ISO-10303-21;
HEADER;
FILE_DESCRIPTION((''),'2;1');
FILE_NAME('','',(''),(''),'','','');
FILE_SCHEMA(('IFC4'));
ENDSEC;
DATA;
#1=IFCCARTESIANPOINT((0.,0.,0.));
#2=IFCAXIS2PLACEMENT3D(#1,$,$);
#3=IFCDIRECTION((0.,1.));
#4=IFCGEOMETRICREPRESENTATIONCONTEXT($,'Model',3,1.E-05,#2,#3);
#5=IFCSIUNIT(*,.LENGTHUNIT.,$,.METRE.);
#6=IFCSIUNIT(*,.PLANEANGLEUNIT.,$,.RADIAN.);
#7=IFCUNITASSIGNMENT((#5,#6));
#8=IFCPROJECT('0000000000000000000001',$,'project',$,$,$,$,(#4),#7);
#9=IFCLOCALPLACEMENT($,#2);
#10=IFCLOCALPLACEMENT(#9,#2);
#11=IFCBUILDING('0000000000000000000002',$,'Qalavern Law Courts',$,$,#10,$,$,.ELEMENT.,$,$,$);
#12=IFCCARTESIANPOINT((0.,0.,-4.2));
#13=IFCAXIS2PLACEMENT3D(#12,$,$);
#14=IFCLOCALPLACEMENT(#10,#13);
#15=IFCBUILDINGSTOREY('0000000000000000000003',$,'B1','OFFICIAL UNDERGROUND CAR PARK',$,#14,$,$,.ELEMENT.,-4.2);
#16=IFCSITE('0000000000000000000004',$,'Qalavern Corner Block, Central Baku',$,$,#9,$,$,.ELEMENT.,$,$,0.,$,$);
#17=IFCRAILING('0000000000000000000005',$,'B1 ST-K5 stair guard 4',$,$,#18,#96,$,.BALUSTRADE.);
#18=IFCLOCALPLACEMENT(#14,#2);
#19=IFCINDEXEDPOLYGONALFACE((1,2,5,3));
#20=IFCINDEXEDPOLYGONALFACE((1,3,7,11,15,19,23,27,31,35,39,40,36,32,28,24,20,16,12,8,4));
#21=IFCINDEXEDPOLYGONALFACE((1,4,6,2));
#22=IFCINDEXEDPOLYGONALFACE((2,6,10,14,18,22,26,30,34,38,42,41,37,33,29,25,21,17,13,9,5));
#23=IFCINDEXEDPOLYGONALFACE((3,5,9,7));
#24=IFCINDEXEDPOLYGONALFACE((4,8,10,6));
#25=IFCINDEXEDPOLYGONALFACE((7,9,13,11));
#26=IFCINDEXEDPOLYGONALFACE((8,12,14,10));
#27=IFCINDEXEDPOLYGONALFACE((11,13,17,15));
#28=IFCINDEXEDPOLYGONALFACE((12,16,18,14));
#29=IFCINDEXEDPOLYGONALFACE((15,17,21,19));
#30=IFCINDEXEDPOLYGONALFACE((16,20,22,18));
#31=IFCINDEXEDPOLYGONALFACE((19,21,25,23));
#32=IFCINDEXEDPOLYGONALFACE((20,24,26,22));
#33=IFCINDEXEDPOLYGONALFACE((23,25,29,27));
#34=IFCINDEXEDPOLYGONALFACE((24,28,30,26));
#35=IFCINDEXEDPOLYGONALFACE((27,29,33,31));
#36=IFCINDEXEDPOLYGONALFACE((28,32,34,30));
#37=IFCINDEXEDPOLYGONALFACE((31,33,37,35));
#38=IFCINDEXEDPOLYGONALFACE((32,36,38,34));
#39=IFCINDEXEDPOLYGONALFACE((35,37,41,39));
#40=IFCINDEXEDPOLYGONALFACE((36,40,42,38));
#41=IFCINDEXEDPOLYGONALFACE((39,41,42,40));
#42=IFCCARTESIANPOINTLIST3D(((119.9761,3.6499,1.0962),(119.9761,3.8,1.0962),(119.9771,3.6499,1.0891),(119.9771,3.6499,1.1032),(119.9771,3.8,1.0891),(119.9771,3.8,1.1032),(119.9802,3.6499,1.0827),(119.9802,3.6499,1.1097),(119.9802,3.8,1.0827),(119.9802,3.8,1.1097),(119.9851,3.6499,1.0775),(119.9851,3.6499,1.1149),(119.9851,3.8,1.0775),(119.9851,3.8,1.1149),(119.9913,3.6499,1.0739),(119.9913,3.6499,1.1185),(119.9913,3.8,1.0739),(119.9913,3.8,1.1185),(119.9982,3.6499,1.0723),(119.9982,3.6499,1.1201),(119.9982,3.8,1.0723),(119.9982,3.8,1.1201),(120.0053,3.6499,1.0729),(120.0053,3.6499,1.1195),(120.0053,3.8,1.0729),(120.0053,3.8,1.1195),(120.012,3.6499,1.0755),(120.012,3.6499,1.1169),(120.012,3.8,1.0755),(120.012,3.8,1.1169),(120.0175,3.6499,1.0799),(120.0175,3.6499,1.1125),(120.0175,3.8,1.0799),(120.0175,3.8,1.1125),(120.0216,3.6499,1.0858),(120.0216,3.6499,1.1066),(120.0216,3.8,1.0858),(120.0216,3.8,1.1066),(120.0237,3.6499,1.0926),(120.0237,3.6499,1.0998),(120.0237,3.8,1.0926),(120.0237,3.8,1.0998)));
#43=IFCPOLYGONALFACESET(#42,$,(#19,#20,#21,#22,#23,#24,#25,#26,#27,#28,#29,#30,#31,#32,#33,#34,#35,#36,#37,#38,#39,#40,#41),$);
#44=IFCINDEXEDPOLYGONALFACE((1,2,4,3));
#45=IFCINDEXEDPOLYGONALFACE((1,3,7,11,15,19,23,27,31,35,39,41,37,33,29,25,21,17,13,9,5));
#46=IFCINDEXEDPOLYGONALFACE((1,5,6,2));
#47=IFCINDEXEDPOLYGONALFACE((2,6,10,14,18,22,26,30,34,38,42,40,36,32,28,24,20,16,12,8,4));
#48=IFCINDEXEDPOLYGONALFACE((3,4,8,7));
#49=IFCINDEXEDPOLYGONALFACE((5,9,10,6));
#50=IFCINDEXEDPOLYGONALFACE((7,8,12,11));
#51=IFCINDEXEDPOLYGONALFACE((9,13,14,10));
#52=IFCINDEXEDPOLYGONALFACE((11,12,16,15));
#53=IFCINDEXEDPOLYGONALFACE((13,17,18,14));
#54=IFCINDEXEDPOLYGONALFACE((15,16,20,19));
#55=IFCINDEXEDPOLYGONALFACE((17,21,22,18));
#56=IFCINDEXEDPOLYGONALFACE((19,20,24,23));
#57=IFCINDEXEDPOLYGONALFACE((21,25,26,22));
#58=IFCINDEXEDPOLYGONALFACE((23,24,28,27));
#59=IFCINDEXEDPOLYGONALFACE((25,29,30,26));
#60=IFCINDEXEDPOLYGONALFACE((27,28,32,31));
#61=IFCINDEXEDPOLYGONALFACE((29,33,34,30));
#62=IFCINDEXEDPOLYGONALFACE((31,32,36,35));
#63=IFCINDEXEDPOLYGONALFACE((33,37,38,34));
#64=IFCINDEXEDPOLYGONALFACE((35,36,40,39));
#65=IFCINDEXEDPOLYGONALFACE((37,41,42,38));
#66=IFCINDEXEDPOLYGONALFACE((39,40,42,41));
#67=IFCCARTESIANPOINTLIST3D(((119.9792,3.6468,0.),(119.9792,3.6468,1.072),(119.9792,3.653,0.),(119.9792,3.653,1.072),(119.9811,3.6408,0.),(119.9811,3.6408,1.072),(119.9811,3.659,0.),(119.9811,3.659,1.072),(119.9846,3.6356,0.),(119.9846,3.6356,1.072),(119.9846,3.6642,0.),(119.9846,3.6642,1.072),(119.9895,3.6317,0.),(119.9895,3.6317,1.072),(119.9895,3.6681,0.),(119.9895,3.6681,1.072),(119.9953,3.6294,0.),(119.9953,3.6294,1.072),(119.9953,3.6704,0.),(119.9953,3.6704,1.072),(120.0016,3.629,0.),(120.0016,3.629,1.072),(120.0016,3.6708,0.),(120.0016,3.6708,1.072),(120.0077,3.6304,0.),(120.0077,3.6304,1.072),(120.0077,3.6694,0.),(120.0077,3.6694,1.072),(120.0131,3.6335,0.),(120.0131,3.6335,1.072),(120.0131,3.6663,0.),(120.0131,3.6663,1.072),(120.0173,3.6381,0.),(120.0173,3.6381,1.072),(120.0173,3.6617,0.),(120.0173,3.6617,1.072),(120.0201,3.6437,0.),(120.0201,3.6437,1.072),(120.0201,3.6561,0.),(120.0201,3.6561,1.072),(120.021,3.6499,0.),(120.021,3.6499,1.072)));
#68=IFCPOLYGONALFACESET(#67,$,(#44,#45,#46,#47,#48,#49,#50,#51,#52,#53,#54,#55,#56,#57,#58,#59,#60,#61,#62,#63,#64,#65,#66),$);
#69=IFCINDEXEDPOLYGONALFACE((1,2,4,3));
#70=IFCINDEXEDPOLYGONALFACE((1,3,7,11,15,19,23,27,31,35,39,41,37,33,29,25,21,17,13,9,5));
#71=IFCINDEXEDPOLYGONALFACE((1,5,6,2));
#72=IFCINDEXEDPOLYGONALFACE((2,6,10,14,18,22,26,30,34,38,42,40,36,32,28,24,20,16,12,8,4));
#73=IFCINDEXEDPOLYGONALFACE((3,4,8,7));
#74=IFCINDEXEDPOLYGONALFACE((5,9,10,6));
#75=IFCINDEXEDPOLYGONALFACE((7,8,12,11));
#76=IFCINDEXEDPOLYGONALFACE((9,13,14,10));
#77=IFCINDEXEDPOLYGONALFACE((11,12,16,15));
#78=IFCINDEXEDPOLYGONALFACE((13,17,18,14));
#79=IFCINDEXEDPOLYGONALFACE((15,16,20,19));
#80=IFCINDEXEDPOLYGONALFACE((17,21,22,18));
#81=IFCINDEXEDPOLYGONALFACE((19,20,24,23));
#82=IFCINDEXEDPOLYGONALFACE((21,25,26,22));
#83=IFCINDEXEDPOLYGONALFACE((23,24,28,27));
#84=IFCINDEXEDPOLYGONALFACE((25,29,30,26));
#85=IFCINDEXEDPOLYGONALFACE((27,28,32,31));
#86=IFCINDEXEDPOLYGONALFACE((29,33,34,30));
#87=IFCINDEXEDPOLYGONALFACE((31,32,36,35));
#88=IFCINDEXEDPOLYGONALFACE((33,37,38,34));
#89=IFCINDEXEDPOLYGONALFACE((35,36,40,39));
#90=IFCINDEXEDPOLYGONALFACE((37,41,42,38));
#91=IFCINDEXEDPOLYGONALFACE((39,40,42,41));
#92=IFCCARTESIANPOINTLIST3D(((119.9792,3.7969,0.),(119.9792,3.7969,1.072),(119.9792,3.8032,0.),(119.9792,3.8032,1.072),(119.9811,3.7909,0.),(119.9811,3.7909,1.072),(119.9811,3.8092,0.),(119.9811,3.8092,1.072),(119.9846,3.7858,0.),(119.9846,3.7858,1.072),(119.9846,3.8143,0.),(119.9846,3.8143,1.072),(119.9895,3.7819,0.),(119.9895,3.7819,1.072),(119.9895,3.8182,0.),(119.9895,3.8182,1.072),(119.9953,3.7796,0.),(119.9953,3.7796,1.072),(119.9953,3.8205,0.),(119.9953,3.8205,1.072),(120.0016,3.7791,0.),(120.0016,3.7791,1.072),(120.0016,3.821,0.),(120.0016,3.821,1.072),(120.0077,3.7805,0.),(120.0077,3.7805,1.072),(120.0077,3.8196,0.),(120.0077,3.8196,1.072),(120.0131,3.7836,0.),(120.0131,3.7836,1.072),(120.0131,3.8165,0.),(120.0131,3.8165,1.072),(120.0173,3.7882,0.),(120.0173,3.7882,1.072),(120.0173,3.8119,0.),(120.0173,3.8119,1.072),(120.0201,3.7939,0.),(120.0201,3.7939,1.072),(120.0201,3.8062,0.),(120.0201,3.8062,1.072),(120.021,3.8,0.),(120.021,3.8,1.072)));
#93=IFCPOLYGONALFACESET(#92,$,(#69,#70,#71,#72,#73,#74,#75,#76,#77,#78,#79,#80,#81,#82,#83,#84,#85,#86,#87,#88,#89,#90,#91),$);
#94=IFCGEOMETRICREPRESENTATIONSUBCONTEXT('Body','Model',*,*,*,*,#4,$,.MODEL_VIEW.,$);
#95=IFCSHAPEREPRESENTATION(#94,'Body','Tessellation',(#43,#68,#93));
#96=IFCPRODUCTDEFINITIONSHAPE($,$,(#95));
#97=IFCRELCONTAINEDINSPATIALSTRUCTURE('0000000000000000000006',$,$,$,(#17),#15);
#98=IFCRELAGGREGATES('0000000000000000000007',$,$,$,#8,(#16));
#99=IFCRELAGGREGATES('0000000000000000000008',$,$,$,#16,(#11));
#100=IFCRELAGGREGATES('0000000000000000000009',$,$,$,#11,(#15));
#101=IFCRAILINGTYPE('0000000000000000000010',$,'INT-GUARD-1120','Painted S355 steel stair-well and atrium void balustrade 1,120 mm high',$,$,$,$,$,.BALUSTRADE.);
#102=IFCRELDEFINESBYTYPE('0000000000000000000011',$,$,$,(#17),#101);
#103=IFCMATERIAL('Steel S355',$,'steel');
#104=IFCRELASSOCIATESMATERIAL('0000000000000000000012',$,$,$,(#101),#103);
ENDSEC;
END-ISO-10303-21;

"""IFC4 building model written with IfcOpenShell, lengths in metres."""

from ifc_helpers import new_model, si_unit, direction, frame, origin, origin_2d, place, context, subcontext, project, spatial, circle, extrude, material, type_object, element, save


model = new_model("IFC4")

# Units and contexts
model_context = context("Model", 3, precision=1e-05, world=origin(), true_north=direction((0.0, 1.0)))
body_context = subcontext(model_context, "Body", "Model", "MODEL_VIEW")
ifc_project = project(units=[si_unit("LENGTHUNIT", "METRE"), si_unit("PLANEANGLEUNIT", "RADIAN")], contexts=[model_context])

# Site, building, storey
site_placement = place(None, origin())
site = spatial("IfcSite", under=ifc_project, at=site_placement, Name="Qalavern Corner Block, Central Baku", CompositionType="ELEMENT", RefElevation=0.0)
building_placement = place(site_placement, origin())
building = spatial("IfcBuilding", under=site, at=building_placement, Name="Qalavern Law Courts", CompositionType="ELEMENT")
storey_placement = place(building_placement, frame((0.0, 0.0, -4.2)))
storey = spatial("IfcBuildingStorey", under=building, at=storey_placement, Name="B1", Description="OFFICIAL UNDERGROUND CAR PARK", CompositionType="ELEMENT", Elevation=-4.2)

# Shared definitions
ifc_material_1 = material(Name="Steel S355", Category="steel")

# Railing
railing_type_1 = type_object("IfcRailingType", Name="INT-GUARD-1120", Description="Painted S355 steel stair-well and atrium void balustrade 1,120 mm high", PredefinedType="BALUSTRADE", material=ifc_material_1)
railing_1_placement = place(storey_placement, frame((120.0, 3.6499, 0.0)))
element("IfcRailing", 1, at=railing_1_placement, inside=storey, type_object=railing_type_1, Name="B1 ST-K5 stair guard 4", PredefinedType="BALUSTRADE", context=body_context, shape_type="SweptSolid", body=[
    extrude(circle(Radius=0.0239, at=origin_2d()), frame((0.0, 0.0, 1.0962), z_axis=(0.0, 1.0, 0.0), x_axis=(-1.0, 0.0, 0.0)), (0.0, 0.0, 1.0), 0.1501),
    extrude(circle(Radius=0.021, at=origin_2d()), origin(), (0.0, 0.0, 1.0), 1.072),
    extrude(circle(Radius=0.021, at=origin_2d()), frame((0.0, 0.1501, 0.0)), (0.0, 0.0, 1.0), 1.072),
])

save(model, "model.ifc")
